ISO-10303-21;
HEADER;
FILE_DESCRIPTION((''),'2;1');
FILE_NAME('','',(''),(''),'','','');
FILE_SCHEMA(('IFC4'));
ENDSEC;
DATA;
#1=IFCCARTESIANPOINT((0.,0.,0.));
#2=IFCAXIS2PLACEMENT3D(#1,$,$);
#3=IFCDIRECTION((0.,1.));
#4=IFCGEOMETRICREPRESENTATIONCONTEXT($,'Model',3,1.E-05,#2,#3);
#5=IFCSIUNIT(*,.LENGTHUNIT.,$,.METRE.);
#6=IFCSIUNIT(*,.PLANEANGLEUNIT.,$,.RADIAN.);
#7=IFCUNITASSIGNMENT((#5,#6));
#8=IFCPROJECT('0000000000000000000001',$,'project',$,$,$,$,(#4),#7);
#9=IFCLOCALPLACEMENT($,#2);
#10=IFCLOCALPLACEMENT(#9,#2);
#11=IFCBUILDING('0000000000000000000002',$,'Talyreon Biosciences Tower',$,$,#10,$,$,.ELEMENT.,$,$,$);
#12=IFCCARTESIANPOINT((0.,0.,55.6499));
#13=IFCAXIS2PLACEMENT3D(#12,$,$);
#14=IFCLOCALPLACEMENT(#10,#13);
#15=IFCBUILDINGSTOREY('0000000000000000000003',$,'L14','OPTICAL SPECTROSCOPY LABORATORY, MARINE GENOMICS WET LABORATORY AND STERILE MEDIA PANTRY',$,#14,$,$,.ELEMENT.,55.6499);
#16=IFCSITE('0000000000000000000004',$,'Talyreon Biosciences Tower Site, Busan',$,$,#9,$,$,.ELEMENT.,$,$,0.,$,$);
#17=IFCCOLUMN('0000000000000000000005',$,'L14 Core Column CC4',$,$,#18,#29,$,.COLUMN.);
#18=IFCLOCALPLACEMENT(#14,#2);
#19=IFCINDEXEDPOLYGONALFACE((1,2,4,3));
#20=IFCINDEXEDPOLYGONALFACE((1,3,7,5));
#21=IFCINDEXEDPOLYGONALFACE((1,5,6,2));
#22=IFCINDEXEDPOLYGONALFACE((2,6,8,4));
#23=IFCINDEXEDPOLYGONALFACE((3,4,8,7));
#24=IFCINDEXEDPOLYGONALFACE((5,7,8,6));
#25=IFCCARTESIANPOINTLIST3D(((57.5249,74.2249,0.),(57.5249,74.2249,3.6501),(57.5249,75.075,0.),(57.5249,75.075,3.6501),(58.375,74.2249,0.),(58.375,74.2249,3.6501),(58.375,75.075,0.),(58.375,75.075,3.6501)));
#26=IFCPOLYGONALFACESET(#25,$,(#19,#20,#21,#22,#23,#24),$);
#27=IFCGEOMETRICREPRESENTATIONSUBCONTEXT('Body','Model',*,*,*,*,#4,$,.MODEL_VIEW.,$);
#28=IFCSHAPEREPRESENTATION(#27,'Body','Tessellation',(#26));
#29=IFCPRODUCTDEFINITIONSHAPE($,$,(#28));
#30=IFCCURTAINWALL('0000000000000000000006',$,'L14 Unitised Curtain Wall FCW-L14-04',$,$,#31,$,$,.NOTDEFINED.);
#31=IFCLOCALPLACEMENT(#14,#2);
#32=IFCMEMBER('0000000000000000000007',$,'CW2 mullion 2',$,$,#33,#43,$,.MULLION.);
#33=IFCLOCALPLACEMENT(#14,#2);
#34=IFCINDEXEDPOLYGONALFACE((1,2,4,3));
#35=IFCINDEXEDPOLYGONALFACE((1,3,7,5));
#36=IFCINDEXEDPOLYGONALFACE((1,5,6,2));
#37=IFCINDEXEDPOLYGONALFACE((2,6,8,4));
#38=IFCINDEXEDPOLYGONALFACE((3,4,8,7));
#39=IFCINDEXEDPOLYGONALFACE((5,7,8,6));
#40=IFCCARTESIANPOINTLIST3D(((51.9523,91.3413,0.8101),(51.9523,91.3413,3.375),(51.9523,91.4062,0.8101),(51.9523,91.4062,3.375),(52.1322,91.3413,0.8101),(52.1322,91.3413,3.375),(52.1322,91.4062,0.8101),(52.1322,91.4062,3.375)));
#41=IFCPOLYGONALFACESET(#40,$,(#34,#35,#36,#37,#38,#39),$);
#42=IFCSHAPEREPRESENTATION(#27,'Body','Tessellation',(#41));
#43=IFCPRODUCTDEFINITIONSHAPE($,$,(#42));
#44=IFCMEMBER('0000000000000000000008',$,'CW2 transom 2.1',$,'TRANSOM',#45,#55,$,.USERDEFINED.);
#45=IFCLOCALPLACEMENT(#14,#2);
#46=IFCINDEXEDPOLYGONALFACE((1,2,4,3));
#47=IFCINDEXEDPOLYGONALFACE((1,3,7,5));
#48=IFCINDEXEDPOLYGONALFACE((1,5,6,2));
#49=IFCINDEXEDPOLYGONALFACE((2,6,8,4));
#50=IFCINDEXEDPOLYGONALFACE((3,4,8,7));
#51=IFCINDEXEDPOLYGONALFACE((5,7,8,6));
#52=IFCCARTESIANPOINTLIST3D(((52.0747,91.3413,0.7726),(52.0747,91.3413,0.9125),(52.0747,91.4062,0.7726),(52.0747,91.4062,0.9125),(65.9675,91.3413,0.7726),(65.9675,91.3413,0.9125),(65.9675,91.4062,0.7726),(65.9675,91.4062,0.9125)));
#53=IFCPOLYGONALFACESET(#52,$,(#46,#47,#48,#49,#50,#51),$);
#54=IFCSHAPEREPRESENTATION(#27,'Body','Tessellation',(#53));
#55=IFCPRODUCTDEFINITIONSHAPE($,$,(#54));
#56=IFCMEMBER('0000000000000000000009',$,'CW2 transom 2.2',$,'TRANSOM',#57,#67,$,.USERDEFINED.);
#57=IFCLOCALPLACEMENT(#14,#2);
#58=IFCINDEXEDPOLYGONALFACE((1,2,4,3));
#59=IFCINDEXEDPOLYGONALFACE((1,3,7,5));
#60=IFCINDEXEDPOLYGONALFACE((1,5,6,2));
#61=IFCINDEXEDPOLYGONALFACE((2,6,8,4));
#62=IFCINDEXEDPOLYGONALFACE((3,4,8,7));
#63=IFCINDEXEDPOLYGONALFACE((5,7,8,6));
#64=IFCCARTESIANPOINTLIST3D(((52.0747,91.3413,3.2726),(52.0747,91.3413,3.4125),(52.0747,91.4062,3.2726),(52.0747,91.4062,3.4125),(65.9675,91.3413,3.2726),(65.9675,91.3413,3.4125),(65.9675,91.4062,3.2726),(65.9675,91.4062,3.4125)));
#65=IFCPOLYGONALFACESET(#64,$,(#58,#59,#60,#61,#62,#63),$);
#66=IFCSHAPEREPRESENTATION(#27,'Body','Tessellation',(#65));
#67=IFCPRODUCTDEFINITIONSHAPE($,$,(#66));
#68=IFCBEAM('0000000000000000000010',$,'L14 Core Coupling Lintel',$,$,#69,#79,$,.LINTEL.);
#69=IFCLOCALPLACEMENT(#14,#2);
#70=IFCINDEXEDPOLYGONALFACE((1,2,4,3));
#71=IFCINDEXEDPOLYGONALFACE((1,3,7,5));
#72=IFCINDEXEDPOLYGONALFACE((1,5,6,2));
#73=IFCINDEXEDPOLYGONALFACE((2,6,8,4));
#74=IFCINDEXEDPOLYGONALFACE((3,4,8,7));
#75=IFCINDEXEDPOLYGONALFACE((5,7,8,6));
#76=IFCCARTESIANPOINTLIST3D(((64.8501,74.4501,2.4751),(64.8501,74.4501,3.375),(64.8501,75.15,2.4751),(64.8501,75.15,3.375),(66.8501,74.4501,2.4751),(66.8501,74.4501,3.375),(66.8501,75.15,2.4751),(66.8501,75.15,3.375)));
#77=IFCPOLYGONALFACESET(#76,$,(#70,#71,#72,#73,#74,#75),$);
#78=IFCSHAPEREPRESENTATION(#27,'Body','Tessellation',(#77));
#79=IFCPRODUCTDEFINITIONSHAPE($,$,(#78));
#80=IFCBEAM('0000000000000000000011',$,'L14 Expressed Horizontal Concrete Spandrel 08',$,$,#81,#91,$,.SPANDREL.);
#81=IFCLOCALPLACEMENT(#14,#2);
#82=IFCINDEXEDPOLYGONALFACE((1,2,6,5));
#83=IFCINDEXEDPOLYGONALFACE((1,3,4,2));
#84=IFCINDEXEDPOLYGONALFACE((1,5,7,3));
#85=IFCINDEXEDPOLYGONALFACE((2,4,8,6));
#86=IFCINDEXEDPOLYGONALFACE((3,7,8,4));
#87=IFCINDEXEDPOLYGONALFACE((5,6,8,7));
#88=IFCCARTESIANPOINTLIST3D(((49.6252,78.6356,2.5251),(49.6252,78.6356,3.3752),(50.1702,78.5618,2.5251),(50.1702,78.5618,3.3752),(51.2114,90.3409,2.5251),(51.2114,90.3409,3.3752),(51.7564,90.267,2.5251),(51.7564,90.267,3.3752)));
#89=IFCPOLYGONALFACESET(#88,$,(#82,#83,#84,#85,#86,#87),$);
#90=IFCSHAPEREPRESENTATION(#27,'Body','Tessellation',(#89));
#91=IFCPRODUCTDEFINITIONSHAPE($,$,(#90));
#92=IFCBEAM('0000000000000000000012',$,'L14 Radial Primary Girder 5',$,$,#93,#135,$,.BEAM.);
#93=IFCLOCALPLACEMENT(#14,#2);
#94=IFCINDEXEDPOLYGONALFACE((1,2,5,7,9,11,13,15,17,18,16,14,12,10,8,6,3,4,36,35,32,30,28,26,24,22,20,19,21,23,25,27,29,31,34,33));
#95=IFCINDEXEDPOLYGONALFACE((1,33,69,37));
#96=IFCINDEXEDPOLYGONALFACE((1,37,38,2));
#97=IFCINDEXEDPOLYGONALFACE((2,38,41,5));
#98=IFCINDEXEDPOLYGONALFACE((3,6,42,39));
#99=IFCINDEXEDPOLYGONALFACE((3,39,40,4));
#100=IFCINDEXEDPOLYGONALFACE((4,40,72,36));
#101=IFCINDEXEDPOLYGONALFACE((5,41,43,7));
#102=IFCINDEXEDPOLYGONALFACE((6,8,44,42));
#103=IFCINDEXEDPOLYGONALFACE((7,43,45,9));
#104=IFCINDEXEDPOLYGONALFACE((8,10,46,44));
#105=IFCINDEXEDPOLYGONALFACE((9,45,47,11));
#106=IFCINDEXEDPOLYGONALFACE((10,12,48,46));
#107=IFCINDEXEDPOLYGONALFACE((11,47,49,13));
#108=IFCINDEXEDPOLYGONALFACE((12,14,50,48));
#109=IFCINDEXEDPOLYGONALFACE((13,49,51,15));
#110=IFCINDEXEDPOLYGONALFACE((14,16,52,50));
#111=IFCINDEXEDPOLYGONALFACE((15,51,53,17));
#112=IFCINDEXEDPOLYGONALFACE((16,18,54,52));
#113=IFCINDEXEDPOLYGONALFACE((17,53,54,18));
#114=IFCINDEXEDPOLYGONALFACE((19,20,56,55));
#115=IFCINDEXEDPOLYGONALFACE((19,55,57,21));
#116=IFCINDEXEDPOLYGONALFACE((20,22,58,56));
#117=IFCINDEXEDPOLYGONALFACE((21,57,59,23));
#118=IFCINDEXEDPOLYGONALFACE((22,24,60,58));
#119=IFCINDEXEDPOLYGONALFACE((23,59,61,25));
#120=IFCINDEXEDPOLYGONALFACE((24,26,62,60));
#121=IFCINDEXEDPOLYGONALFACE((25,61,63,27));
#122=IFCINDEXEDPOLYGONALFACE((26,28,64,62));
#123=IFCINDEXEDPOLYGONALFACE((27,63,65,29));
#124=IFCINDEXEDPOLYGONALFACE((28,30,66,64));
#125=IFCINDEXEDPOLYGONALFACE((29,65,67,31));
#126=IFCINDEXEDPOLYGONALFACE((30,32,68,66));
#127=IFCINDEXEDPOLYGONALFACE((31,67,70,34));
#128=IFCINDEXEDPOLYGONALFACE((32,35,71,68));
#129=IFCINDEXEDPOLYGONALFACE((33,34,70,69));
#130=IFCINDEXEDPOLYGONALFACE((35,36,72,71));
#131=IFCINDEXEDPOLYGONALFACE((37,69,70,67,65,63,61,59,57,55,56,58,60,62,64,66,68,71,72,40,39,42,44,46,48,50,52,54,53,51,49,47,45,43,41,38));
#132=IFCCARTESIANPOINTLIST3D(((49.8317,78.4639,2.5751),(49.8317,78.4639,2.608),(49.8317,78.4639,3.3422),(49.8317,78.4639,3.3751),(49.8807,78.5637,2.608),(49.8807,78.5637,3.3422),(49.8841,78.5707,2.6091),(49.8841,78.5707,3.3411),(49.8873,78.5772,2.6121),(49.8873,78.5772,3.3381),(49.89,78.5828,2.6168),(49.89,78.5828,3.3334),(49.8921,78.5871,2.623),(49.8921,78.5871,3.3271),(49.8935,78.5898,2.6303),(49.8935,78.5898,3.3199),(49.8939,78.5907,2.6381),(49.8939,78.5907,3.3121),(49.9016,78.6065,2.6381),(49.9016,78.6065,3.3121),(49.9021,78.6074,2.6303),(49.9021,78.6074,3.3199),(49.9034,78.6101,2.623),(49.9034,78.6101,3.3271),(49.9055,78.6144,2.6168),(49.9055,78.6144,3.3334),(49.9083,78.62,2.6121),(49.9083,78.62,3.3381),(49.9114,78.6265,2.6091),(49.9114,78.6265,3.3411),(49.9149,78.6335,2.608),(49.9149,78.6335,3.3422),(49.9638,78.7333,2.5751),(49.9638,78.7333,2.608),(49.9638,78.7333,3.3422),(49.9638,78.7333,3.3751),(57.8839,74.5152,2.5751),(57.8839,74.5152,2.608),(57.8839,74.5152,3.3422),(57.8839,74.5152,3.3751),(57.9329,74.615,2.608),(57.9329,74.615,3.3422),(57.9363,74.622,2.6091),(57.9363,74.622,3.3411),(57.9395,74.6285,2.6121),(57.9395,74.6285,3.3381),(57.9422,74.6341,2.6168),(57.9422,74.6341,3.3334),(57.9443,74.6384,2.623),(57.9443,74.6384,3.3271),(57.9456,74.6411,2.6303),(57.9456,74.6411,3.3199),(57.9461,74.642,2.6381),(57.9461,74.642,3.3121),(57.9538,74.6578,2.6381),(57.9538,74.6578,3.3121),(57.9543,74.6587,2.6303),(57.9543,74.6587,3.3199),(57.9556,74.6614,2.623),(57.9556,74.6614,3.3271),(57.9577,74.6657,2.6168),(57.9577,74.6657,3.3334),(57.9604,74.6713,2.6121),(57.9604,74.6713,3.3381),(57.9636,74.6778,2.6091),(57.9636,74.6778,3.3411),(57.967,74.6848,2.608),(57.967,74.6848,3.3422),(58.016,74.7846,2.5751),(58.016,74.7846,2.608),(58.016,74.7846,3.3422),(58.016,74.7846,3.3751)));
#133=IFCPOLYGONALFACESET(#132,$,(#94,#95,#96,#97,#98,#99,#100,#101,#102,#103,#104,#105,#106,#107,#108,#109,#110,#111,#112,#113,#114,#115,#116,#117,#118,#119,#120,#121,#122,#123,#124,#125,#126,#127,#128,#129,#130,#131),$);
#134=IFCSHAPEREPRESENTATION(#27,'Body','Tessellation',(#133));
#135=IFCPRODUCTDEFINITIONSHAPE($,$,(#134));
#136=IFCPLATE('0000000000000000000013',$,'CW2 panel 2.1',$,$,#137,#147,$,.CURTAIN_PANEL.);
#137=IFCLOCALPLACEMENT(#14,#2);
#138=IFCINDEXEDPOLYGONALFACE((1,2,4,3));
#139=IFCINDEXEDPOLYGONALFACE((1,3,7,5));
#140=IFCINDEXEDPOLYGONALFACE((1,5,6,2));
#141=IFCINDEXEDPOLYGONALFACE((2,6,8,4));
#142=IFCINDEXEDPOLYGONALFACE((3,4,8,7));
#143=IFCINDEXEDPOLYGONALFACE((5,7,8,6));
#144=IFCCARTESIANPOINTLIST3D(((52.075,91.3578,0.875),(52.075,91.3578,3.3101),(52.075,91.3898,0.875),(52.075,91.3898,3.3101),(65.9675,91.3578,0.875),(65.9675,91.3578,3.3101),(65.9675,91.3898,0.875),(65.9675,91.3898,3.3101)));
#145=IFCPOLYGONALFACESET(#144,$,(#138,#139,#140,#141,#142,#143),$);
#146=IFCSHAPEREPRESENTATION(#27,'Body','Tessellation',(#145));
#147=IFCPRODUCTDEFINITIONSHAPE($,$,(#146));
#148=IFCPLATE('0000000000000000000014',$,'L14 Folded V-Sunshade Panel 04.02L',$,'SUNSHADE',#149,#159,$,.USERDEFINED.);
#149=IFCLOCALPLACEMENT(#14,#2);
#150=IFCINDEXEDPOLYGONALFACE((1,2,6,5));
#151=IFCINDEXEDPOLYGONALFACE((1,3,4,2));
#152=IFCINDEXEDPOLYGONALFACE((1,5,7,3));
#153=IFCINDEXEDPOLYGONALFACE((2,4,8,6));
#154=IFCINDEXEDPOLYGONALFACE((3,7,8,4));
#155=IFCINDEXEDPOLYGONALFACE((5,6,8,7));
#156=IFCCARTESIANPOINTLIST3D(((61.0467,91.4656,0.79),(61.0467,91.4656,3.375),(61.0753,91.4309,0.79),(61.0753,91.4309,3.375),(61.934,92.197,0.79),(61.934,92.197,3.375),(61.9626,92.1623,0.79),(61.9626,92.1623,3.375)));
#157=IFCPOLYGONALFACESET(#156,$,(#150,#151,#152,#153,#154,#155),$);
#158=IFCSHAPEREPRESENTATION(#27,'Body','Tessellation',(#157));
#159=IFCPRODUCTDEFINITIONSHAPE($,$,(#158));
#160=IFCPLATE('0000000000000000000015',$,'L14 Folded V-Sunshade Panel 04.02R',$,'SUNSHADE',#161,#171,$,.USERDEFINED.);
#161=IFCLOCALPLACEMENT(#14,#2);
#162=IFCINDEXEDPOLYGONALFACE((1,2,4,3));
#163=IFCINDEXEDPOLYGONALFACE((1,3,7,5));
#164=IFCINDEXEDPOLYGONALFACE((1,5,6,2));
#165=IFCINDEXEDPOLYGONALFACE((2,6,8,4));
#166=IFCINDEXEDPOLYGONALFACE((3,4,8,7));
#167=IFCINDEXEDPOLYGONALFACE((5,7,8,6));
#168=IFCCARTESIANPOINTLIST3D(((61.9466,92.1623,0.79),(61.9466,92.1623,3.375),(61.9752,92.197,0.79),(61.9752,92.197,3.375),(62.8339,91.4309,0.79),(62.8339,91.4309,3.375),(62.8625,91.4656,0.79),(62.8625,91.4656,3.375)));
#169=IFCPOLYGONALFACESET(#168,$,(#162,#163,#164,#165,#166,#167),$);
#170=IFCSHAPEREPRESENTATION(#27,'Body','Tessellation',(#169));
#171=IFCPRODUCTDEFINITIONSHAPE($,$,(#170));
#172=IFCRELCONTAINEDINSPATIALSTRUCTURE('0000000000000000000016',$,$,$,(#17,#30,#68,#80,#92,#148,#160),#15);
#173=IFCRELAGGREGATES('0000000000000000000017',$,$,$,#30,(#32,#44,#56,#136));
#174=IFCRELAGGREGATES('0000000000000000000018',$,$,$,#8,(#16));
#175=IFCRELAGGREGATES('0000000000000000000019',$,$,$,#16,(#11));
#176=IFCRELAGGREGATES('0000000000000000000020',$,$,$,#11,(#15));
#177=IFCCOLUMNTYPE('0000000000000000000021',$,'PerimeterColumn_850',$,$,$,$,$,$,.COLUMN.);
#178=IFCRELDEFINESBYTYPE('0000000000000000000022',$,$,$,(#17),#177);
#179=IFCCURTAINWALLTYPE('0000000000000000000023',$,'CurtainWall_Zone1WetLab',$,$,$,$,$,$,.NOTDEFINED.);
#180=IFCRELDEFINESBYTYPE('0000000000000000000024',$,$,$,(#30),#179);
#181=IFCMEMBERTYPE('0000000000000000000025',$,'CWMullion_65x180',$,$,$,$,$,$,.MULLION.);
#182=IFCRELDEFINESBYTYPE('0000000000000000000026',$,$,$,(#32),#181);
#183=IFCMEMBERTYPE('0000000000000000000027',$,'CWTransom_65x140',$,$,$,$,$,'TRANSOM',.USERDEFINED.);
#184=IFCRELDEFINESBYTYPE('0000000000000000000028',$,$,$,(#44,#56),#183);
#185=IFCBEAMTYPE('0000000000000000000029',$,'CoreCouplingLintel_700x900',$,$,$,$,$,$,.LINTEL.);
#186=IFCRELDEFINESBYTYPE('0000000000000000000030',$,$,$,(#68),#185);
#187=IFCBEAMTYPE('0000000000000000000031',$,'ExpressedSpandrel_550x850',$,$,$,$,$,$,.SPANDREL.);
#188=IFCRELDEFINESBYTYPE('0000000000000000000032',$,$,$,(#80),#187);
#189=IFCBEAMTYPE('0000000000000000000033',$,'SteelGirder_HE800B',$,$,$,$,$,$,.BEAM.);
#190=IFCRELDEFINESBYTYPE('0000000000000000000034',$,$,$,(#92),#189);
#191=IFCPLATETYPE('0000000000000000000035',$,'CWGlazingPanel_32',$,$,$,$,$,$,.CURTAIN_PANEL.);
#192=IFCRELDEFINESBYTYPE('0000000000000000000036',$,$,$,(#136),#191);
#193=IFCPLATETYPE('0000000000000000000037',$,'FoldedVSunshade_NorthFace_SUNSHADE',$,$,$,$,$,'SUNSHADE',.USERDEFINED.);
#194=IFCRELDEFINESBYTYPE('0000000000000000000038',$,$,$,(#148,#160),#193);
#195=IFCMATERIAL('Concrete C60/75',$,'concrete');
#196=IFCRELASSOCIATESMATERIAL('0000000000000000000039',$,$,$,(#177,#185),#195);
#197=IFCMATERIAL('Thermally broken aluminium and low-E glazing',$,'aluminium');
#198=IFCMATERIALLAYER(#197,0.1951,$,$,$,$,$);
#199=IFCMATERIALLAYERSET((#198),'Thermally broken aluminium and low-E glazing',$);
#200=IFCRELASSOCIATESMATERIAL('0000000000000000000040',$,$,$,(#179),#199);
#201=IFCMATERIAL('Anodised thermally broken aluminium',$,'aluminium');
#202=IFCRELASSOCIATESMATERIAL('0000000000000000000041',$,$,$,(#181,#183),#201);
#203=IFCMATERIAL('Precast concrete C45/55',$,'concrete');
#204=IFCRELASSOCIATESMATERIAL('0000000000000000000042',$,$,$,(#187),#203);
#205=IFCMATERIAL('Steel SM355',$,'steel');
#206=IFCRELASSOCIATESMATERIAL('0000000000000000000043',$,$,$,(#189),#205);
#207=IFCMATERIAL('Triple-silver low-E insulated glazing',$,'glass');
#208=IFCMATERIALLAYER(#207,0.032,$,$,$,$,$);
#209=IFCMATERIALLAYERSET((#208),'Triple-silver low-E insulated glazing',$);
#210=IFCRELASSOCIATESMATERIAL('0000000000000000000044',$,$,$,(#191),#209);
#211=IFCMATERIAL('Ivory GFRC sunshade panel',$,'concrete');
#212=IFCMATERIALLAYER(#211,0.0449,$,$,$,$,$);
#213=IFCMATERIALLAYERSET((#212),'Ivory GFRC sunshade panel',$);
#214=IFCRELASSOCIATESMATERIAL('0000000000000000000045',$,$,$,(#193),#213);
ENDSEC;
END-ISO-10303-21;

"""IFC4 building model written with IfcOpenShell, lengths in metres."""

from ifc_helpers import new_model, si_unit, direction, frame, origin, origin_2d, place, context, subcontext, project, spatial, rectangle, i_section, extrude, material, layer, layer_set, material_profile, profile_set, type_object, element, aggregate, save


model = new_model("IFC4")

# Units and contexts
model_context = context("Model", 3, precision=1e-05, world=origin(), true_north=direction((0.0, 1.0)))
body_context = subcontext(model_context, "Body", "Model", "MODEL_VIEW")
ifc_project = project(units=[si_unit("LENGTHUNIT", "METRE"), si_unit("PLANEANGLEUNIT", "RADIAN")], contexts=[model_context])

# Site, building, storey
site_placement = place(None, origin())
site = spatial("IfcSite", under=ifc_project, at=site_placement, Name="Talyreon Biosciences Tower Site, Busan", CompositionType="ELEMENT", RefElevation=0.0)
building_placement = place(site_placement, origin())
building = spatial("IfcBuilding", under=site, at=building_placement, Name="Talyreon Biosciences Tower", CompositionType="ELEMENT")
storey_placement = place(building_placement, frame((0.0, 0.0, 55.6499)))
storey = spatial("IfcBuildingStorey", under=building, at=storey_placement, Name="L14", Description="OPTICAL SPECTROSCOPY LABORATORY, MARINE GENOMICS WET LABORATORY AND STERILE MEDIA PANTRY", CompositionType="ELEMENT", Elevation=55.6499)

# Column
ifc_material_1 = material(Name="Concrete C60/75", Category="concrete")
ifc_material_profile_1 = material_profile(ifc_material_1, rectangle(XDim=0.8501, YDim=0.8501, at=origin_2d()), Name="RC 850x850")
ifc_profile_set_1 = profile_set([ifc_material_profile_1], Name="Concrete C60/75")
column_type = type_object("IfcColumnType", Name="PerimeterColumn_850", PredefinedType="COLUMN", material=ifc_profile_set_1)
column_placement = place(storey_placement, frame((57.95, 74.6499, 0.0), z_axis=(0.0, 0.0, 1.0), x_axis=(1.0, 0.0, 0.0)))
element("IfcColumn", 1, at=column_placement, inside=storey, type_object=column_type, Name="L14 Core Column CC4", PredefinedType="COLUMN", context=body_context, shape_type="SweptSolid", body=[
    extrude(rectangle(XDim=0.8501, YDim=0.8501, at=origin_2d()), origin(), (0.0, 0.0, 1.0), 3.6501),
])

# Curtain wall, members
ifc_material_2 = material(Name="Thermally broken aluminium and low-E glazing", Category="aluminium")
ifc_layer_1 = layer(ifc_material_2, 0.1951)
ifc_layer_set_1 = layer_set([ifc_layer_1], Name="Thermally broken aluminium and low-E glazing")
curtain_wall_type = type_object("IfcCurtainWallType", Name="CurtainWall_Zone1WetLab", PredefinedType="NOTDEFINED", material=ifc_layer_set_1)
curtain_wall_placement = place(storey_placement, origin())
curtain_wall = element("IfcCurtainWall", 2, at=curtain_wall_placement, inside=storey, type_object=curtain_wall_type, Name="L14 Unitised Curtain Wall FCW-L14-04", PredefinedType="NOTDEFINED")
ifc_material_3 = material(Name="Anodised thermally broken aluminium", Category="aluminium")
ifc_material_profile_2 = material_profile(ifc_material_3, rectangle(XDim=0.0649, YDim=0.1799, at=origin_2d()), Name="ALUM MULLION 65x180")
ifc_profile_set_2 = profile_set([ifc_material_profile_2], Name="Anodised thermally broken aluminium")
member_type_1 = type_object("IfcMemberType", Name="CWMullion_65x180", PredefinedType="MULLION", material=ifc_profile_set_2)
member_1_placement = place(storey_placement, frame((52.0422, 91.3738, 0.8101), z_axis=(0.0, 0.0, 1.0), x_axis=(0.0, 1.0, 0.0)))
member_1 = element("IfcMember", 3, at=member_1_placement, type_object=member_type_1, Name="CW2 mullion 2", PredefinedType="MULLION", context=body_context, shape_type="SweptSolid", body=[
    extrude(rectangle(XDim=0.0649, YDim=0.1799, at=origin_2d()), origin(), (0.0, 0.0, 1.0), 2.5649),
])
ifc_material_profile_3 = material_profile(ifc_material_3, rectangle(XDim=0.0649, YDim=0.1399, at=origin_2d()), Name="ALUM TRANSOM 65x140")
ifc_profile_set_3 = profile_set([ifc_material_profile_3], Name="Anodised thermally broken aluminium")
member_type_2 = type_object("IfcMemberType", Name="CWTransom_65x140", ElementType="TRANSOM", PredefinedType="USERDEFINED", material=ifc_profile_set_3)
member_2_placement = place(storey_placement, frame((52.0747, 91.3738, 0.8425), z_axis=(1.0, 0.0, 0.0), x_axis=(0.0, 1.0, 0.0)))
member_2 = element("IfcMember", 4, at=member_2_placement, type_object=member_type_2, Name="CW2 transom 2.1", ObjectType="TRANSOM", PredefinedType="USERDEFINED", context=body_context, shape_type="SweptSolid", body=[
    extrude(rectangle(XDim=0.0649, YDim=0.1399, at=origin_2d()), origin(), (0.0, 0.0, 1.0), 13.8928),
])
member_3_placement = place(storey_placement, frame((52.0747, 91.3738, 3.3425), z_axis=(1.0, 0.0, 0.0), x_axis=(0.0, 1.0, 0.0)))
member_3 = element("IfcMember", 5, at=member_3_placement, type_object=member_type_2, Name="CW2 transom 2.2", ObjectType="TRANSOM", PredefinedType="USERDEFINED", context=body_context, shape_type="SweptSolid", body=[
    extrude(rectangle(XDim=0.0649, YDim=0.1399, at=origin_2d()), origin(), (0.0, 0.0, 1.0), 13.8928),
])

# Beams
ifc_material_profile_4 = material_profile(ifc_material_1, rectangle(XDim=0.7, YDim=0.8999, at=origin_2d()), Name="RCB 700x900")
ifc_profile_set_4 = profile_set([ifc_material_profile_4], Name="Concrete C60/75")
beam_type_1 = type_object("IfcBeamType", Name="CoreCouplingLintel_700x900", PredefinedType="LINTEL", material=ifc_profile_set_4)
beam_1_placement = place(storey_placement, frame((64.8501, 74.8, 2.925), z_axis=(1.0, 0.0, 0.0), x_axis=(0.0, 1.0, 0.0)))
element("IfcBeam", 6, at=beam_1_placement, inside=storey, type_object=beam_type_1, Name="L14 Core Coupling Lintel", PredefinedType="LINTEL", context=body_context, shape_type="SweptSolid", body=[
    extrude(rectangle(XDim=0.7, YDim=0.8999, at=origin_2d()), origin(), (0.0, 0.0, 1.0), 2.0),
])
ifc_material_4 = material(Name="Precast concrete C45/55", Category="concrete")
ifc_material_profile_5 = material_profile(ifc_material_4, rectangle(XDim=0.55, YDim=0.8501, at=origin_2d()), Name="RCB 550x850")
ifc_profile_set_5 = profile_set([ifc_material_profile_5], Name="Precast concrete C45/55")
beam_type_2 = type_object("IfcBeamType", Name="ExpressedSpandrel_550x850", PredefinedType="SPANDREL", material=ifc_profile_set_5)
beam_2_placement = place(storey_placement, frame((51.4839, 90.304, 2.9502), z_axis=(-0.134282, -0.990943, 0.0), x_axis=(0.990943, -0.134282, 0.0)))
element("IfcBeam", 7, at=beam_2_placement, inside=storey, type_object=beam_type_2, Name="L14 Expressed Horizontal Concrete Spandrel 08", PredefinedType="SPANDREL", context=body_context, shape_type="SweptSolid", body=[
    extrude(rectangle(XDim=0.55, YDim=0.8501, at=origin_2d()), origin(), (0.0, 0.0, 1.0), 11.8123),
])
ifc_material_5 = material(Name="Steel SM355", Category="steel")
ifc_material_profile_6 = material_profile(ifc_material_5, i_section(OverallWidth=0.3, OverallDepth=0.8, WebThickness=0.0176, FlangeThickness=0.033, FilletRadius=0.03, at=origin_2d()), Name="HE800B")
ifc_profile_set_6 = profile_set([ifc_material_profile_6], Name="Steel SM355")
beam_type_3 = type_object("IfcBeamType", Name="SteelGirder_HE800B", PredefinedType="BEAM", material=ifc_profile_set_6)
beam_3_placement = place(storey_placement, frame((57.95, 74.6499, 2.9751), z_axis=(-0.897852, 0.440297, 0.0), x_axis=(-0.440297, -0.897852, 0.0)))
element("IfcBeam", 8, at=beam_3_placement, inside=storey, type_object=beam_type_3, Name="L14 Radial Primary Girder 5", PredefinedType="BEAM", context=body_context, shape_type="SweptSolid", body=[
    extrude(i_section(OverallWidth=0.3, OverallDepth=0.8, WebThickness=0.0176, FlangeThickness=0.033, FilletRadius=0.03, at=origin_2d()), origin(), (0.0, 0.0, 1.0), 8.9683),
])

# Plate
ifc_material_6 = material(Name="Triple-silver low-E insulated glazing", Category="glass")
ifc_layer_2 = layer(ifc_material_6, 0.032)
ifc_layer_set_2 = layer_set([ifc_layer_2], Name="Triple-silver low-E insulated glazing")
plate_type_1 = type_object("IfcPlateType", Name="CWGlazingPanel_32", PredefinedType="CURTAIN_PANEL", material=ifc_layer_set_2)
plate_placement = place(storey_placement, frame((59.0212, 91.3738, 0.875), z_axis=(0.0, 0.0, 1.0), x_axis=(1.0, 0.0, 0.0)))
plate = element("IfcPlate", 9, at=plate_placement, type_object=plate_type_1, Name="CW2 panel 2.1", PredefinedType="CURTAIN_PANEL", context=body_context, shape_type="SweptSolid", body=[
    extrude(rectangle(XDim=13.8926, YDim=0.032, at=origin_2d()), origin(), (0.0, 0.0, 1.0), 2.4351),
])
aggregate(curtain_wall, [member_1, member_2, member_3, plate])

# Plates
ifc_material_7 = material(Name="Ivory GFRC sunshade panel", Category="concrete")
ifc_layer_3 = layer(ifc_material_7, 0.0449)
ifc_layer_set_3 = layer_set([ifc_layer_3], Name="Ivory GFRC sunshade panel")
plate_type_2 = type_object("IfcPlateType", Name="FoldedVSunshade_NorthFace_SUNSHADE", ElementType="SUNSHADE", PredefinedType="USERDEFINED", material=ifc_layer_set_3)
for number, where, z_axis, x_axis, name in (
    (10, (61.5046, 91.814, 0.79), (0.0, 0.0, 1.0), (0.771625, 0.636078, 0.0), "L14 Folded V-Sunshade Panel 04.02L"),
    (11, (62.4045, 91.814, 0.79), (0.0, 0.0, 1.0), (0.771625, -0.636078, 0.0), "L14 Folded V-Sunshade Panel 04.02R"),
):
    element("IfcPlate", number, at=place(storey_placement, frame(where, z_axis=z_axis, x_axis=x_axis)), inside=storey, type_object=plate_type_2, Name=name, ObjectType="SUNSHADE", PredefinedType="USERDEFINED", context=body_context, shape_type="SweptSolid", body=[
        extrude(rectangle(XDim=1.1499, YDim=0.0449, at=origin_2d()), origin(), (0.0, 0.0, 1.0), 2.585),
    ])

save(model, "model.ifc")
